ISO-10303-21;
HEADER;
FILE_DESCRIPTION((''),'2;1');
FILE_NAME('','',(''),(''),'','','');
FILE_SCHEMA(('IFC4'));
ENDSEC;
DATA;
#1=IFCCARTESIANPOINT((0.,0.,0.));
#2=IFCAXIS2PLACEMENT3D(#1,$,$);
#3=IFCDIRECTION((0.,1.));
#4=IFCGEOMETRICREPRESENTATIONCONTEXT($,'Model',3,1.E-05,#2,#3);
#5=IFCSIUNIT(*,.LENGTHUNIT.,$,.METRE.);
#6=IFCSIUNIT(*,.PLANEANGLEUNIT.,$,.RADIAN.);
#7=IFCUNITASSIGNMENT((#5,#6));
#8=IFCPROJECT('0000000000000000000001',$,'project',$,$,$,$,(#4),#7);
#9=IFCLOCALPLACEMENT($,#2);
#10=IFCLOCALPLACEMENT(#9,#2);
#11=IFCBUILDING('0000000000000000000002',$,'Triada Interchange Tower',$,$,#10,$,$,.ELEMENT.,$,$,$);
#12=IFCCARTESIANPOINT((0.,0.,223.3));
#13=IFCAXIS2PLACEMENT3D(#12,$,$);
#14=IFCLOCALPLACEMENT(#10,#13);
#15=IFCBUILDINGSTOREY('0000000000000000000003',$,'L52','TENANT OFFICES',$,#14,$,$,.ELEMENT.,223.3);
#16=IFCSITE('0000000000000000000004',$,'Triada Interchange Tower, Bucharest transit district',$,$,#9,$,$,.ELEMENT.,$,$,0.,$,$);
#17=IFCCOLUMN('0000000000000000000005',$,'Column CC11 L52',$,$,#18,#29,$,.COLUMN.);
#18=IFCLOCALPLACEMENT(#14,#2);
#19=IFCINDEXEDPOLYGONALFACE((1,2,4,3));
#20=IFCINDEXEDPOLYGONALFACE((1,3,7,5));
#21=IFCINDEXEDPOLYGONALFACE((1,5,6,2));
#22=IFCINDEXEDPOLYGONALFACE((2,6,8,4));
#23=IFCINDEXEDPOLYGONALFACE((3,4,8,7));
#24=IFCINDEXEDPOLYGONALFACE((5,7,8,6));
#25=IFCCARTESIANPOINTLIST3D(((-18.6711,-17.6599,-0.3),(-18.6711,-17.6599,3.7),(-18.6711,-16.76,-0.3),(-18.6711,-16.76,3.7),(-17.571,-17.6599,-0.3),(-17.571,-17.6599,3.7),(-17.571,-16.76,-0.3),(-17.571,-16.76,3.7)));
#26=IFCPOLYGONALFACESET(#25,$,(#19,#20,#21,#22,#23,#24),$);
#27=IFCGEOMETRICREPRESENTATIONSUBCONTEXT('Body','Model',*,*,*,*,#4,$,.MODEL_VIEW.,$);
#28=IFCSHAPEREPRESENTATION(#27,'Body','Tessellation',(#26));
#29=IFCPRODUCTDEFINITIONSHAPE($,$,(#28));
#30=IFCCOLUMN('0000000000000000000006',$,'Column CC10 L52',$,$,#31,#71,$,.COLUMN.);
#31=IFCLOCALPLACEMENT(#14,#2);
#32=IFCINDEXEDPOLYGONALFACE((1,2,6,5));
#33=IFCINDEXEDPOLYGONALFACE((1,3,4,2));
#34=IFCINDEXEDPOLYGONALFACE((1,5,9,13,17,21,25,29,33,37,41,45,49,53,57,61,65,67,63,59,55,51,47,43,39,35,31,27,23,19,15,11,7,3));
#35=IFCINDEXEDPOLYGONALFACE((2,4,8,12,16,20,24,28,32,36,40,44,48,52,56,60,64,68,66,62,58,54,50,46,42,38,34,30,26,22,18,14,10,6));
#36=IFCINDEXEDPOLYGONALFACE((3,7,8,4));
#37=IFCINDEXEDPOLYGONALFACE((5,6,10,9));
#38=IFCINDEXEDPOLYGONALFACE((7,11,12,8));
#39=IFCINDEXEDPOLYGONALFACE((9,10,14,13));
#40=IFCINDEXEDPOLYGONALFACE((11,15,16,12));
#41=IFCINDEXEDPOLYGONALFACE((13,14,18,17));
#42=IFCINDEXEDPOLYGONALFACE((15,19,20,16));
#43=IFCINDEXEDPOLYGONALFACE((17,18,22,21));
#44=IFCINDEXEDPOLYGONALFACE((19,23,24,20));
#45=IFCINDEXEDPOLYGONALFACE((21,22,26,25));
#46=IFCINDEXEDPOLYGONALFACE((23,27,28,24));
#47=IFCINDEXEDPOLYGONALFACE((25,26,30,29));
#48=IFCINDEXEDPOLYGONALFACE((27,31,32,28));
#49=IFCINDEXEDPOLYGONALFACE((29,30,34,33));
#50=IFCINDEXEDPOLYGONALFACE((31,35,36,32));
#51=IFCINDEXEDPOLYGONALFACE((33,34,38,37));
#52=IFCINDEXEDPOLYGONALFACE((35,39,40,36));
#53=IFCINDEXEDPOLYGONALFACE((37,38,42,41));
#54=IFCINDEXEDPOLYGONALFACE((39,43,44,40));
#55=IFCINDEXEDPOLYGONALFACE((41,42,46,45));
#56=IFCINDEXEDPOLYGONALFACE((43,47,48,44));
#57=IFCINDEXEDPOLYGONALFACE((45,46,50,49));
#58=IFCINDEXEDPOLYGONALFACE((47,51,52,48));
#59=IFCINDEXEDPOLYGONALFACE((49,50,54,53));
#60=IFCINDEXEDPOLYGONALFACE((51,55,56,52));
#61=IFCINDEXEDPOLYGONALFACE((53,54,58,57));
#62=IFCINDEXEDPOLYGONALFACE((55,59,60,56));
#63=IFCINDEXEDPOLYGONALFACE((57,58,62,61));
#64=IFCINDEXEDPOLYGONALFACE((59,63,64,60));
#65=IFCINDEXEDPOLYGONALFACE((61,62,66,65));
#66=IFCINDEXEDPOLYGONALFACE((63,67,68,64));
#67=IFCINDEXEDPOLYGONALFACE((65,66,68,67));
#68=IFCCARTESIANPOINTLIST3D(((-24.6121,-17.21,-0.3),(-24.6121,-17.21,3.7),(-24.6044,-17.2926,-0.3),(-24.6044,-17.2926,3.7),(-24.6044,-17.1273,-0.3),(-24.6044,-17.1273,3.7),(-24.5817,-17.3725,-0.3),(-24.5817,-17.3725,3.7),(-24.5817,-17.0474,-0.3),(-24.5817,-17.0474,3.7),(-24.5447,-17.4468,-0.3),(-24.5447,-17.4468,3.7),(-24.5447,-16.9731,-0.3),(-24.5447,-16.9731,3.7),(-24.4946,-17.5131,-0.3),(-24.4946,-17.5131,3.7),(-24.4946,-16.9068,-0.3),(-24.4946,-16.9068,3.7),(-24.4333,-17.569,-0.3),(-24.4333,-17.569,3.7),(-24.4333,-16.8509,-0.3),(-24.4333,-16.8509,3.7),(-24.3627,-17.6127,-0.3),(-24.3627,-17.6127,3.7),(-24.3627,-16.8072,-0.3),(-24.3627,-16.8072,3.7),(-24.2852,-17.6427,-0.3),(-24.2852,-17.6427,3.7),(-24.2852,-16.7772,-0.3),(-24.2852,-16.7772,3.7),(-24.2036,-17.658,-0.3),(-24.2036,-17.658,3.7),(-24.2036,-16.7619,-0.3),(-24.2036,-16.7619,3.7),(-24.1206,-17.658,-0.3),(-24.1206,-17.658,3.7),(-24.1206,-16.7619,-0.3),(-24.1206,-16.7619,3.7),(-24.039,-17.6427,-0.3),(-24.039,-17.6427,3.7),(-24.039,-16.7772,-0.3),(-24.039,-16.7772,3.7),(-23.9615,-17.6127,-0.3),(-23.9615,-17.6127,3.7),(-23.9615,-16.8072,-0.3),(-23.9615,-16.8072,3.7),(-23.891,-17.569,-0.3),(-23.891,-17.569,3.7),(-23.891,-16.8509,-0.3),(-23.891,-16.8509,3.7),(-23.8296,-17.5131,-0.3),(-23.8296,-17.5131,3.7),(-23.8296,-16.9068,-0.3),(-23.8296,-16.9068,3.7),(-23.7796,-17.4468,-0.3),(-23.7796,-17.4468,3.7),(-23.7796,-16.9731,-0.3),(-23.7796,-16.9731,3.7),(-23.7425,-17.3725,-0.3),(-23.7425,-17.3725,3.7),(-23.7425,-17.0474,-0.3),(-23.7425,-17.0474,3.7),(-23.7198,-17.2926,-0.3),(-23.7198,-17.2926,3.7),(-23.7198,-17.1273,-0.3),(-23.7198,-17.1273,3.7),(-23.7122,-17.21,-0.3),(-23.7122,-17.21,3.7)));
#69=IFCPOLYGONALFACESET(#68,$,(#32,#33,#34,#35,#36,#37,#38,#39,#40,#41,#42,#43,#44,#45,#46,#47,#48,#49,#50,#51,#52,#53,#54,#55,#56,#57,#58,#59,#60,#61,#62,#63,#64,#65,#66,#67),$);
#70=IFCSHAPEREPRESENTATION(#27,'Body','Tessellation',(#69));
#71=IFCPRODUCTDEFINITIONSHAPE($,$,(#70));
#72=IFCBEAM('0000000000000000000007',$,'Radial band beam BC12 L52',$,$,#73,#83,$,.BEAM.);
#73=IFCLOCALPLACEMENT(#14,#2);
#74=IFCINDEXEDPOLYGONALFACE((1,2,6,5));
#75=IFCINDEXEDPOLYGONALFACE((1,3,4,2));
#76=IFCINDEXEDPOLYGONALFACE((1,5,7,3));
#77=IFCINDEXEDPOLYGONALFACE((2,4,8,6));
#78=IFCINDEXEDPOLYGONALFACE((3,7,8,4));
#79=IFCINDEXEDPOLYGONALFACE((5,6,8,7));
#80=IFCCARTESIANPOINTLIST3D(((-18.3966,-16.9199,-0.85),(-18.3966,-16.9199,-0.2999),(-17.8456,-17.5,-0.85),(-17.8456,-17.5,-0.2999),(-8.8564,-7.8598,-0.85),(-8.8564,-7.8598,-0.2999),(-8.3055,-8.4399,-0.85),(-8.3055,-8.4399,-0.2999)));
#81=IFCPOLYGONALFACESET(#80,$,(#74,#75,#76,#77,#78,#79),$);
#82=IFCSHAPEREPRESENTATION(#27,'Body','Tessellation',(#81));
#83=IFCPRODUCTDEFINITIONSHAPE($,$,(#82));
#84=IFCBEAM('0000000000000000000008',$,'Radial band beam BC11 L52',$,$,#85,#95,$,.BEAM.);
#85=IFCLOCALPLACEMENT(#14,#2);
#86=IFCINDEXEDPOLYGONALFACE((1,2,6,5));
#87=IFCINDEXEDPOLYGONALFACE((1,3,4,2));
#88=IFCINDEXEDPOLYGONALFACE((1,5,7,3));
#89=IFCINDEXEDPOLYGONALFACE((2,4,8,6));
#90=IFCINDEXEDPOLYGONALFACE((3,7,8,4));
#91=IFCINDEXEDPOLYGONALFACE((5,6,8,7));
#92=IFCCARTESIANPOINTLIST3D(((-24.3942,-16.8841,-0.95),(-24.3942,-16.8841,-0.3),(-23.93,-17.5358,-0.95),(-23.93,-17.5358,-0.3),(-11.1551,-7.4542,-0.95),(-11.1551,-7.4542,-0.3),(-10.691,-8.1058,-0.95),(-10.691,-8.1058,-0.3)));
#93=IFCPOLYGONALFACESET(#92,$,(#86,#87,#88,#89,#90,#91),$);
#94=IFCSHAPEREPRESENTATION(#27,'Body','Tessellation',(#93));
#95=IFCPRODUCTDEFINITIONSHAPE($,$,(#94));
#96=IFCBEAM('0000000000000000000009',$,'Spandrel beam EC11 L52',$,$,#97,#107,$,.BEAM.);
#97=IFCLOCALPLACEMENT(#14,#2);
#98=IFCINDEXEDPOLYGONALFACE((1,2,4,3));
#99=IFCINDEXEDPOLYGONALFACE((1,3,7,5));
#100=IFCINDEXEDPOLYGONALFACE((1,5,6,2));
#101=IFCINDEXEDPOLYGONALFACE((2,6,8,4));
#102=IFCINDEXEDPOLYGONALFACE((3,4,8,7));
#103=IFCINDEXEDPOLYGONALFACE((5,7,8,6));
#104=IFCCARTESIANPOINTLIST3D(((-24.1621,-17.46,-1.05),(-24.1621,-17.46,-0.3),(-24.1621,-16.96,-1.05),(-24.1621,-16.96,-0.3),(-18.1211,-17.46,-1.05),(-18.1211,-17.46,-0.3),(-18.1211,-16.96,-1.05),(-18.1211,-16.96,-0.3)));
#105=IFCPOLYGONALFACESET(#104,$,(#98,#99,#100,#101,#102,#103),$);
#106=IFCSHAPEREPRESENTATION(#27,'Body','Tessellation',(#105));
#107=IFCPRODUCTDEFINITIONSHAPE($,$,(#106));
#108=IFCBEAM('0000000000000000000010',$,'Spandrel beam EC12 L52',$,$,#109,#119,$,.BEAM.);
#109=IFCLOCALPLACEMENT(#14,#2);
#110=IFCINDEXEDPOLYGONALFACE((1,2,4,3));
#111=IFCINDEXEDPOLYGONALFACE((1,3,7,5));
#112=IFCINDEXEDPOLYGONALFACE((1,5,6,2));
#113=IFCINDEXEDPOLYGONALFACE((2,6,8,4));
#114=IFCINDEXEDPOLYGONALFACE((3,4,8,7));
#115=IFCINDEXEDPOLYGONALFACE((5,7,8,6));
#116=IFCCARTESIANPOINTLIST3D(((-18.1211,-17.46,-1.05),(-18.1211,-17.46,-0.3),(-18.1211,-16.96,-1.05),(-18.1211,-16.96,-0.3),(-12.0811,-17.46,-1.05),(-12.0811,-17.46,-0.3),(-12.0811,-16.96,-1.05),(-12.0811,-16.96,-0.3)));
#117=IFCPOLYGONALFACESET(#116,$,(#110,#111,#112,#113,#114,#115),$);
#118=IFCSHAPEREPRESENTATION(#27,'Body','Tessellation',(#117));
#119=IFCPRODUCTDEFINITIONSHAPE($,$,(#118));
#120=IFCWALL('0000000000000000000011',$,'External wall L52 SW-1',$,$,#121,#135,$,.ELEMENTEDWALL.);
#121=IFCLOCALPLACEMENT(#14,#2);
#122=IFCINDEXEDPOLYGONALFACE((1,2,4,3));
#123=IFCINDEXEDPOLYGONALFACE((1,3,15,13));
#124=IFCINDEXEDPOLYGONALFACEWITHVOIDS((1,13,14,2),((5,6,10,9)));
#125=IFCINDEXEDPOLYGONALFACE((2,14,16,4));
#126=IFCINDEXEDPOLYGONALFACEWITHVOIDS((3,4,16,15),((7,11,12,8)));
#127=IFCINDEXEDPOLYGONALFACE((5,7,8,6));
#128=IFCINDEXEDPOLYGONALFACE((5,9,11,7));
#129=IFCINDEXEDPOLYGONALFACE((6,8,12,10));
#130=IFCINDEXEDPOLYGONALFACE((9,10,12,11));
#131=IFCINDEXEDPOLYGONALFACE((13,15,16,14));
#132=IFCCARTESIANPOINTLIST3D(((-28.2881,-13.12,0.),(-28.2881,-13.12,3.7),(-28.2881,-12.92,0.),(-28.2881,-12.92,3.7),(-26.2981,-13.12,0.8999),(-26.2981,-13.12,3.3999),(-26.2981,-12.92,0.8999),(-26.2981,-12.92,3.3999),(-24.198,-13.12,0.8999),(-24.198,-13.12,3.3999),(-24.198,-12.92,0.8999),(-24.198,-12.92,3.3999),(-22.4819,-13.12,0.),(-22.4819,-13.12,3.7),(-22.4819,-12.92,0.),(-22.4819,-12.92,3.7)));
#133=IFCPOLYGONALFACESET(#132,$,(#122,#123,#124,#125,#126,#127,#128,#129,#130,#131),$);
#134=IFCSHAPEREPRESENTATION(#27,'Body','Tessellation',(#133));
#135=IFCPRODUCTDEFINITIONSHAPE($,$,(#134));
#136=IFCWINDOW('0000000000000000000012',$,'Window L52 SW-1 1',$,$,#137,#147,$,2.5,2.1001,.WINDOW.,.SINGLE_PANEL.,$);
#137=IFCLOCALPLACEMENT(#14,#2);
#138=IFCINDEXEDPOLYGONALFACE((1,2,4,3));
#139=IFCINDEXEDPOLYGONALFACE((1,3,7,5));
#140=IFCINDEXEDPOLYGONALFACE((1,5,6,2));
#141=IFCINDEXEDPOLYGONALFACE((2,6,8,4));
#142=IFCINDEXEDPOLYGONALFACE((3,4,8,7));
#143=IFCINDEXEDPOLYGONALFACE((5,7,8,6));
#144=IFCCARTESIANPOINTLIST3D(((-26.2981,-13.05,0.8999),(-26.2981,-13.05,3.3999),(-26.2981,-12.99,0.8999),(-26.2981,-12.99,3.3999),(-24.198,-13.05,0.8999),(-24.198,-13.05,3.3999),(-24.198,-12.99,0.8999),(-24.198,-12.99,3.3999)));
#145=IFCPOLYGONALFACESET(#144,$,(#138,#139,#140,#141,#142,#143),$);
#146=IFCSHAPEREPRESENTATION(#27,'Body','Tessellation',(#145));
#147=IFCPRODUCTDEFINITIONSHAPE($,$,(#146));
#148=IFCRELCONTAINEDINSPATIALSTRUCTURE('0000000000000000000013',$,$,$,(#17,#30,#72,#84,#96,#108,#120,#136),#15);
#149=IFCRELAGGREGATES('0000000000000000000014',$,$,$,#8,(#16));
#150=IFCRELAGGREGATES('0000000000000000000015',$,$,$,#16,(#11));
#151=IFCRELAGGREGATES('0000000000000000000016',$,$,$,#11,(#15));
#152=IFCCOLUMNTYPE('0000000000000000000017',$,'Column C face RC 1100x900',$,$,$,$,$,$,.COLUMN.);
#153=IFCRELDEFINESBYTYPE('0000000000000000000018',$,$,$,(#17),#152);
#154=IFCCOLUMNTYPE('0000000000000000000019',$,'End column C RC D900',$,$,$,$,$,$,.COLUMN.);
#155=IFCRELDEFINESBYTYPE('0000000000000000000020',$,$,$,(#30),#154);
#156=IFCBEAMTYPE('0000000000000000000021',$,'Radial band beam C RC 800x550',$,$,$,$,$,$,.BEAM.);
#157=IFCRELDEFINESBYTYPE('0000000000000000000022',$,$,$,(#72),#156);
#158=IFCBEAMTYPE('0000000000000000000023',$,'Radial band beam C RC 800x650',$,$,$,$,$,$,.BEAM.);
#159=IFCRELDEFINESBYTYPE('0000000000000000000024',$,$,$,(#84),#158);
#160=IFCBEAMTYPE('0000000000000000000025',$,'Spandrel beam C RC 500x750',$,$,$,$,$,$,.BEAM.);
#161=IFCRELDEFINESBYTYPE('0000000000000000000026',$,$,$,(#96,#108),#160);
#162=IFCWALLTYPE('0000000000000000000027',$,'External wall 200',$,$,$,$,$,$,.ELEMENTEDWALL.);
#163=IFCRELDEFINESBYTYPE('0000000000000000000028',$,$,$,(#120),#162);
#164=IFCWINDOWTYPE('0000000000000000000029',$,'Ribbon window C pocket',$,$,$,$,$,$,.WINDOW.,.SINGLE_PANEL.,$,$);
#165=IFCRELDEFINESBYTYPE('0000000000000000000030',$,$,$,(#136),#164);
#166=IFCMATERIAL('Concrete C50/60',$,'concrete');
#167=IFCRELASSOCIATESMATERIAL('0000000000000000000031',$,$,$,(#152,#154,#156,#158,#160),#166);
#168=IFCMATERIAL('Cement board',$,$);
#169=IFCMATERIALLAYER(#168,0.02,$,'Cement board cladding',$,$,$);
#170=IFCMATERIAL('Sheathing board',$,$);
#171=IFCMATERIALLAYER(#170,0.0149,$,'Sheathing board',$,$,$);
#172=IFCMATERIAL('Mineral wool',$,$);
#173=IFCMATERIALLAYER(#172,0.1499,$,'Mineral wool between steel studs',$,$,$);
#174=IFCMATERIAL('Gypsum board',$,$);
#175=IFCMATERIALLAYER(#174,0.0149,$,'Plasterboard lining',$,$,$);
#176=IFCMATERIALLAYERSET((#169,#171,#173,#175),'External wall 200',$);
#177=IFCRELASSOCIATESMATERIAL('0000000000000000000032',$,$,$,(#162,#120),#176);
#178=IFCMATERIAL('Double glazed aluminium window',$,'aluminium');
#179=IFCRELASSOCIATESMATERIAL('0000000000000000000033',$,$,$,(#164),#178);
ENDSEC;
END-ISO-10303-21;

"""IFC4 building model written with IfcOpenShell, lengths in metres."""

from ifc_helpers import new_model, si_unit, direction, frame, frame_2d, origin, origin_2d, place, context, subcontext, project, spatial, rectangle, circle, extrude, material, layer, layer_set, layer_usage, material_profile, profile_set, type_object, element, fill, save


model = new_model("IFC4")

# Units and contexts
model_context = context("Model", 3, precision=1e-05, world=origin(), true_north=direction((0.0, 1.0)))
body_context = subcontext(model_context, "Body", "Model", "MODEL_VIEW")
ifc_project = project(units=[si_unit("LENGTHUNIT", "METRE"), si_unit("PLANEANGLEUNIT", "RADIAN")], contexts=[model_context])

# Site, building, storey
site_placement = place(None, origin())
site = spatial("IfcSite", under=ifc_project, at=site_placement, Name="Triada Interchange Tower, Bucharest transit district", CompositionType="ELEMENT", RefElevation=0.0)
building_placement = place(site_placement, origin())
building = spatial("IfcBuilding", under=site, at=building_placement, Name="Triada Interchange Tower", CompositionType="ELEMENT")
storey_placement = place(building_placement, frame((0.0, 0.0, 223.3)))
storey = spatial("IfcBuildingStorey", under=building, at=storey_placement, Name="L52", Description="TENANT OFFICES", CompositionType="ELEMENT", Elevation=223.3)

# Columns
ifc_material_1 = material(Name="Concrete C50/60", Category="concrete")
ifc_material_profile_1 = material_profile(ifc_material_1, rectangle(XDim=1.1001, YDim=0.8999, at=origin_2d()), Name="RC 1100x900")
ifc_profile_set_1 = profile_set([ifc_material_profile_1], Name="Concrete C50/60")
column_type_1 = type_object("IfcColumnType", Name="Column C face RC 1100x900", PredefinedType="COLUMN", material=ifc_profile_set_1)
column_1_placement = place(storey_placement, frame((-18.1211, -17.21, -0.3), z_axis=(0.0, 0.0, 1.0), x_axis=(1.0, 0.0, 0.0)))
element("IfcColumn", 1, at=column_1_placement, inside=storey, type_object=column_type_1, Name="Column CC11 L52", PredefinedType="COLUMN", context=body_context, shape_type="SweptSolid", body=[
    extrude(rectangle(XDim=1.1001, YDim=0.8999, at=origin_2d()), origin(), (0.0, 0.0, 1.0), 4.0),
])
ifc_material_profile_2 = material_profile(ifc_material_1, circle(Radius=0.45, at=origin_2d()), Name="RC D900")
ifc_profile_set_2 = profile_set([ifc_material_profile_2], Name="Concrete C50/60")
column_type_2 = type_object("IfcColumnType", Name="End column C RC D900", PredefinedType="COLUMN", material=ifc_profile_set_2)
column_2_placement = place(storey_placement, frame((-24.1621, -17.21, -0.3), z_axis=(0.0, 0.0, 1.0), x_axis=(1.0, 0.0, 0.0)))
element("IfcColumn", 2, at=column_2_placement, inside=storey, type_object=column_type_2, Name="Column CC10 L52", PredefinedType="COLUMN", context=body_context, shape_type="SweptSolid", body=[
    extrude(circle(Radius=0.45, at=origin_2d()), origin(), (0.0, 0.0, 1.0), 4.0),
])

# Beams
ifc_material_profile_3 = material_profile(ifc_material_1, rectangle(XDim=0.8, YDim=0.55, at=origin_2d()), Name="RC 800x550")
ifc_profile_set_3 = profile_set([ifc_material_profile_3], Name="Concrete C50/60")
beam_type_1 = type_object("IfcBeamType", Name="Radial band beam C RC 800x550", PredefinedType="BEAM", material=ifc_profile_set_3)
beam_1_placement = place(storey_placement, frame((-18.1211, -17.21, -0.575), z_axis=(0.725112, 0.68863, 0.0), x_axis=(-0.68863, 0.725112, 0.0)))
element("IfcBeam", 3, at=beam_1_placement, inside=storey, type_object=beam_type_1, Name="Radial band beam BC12 L52", PredefinedType="BEAM", context=body_context, shape_type="SweptSolid", body=[
    extrude(rectangle(XDim=0.8, YDim=0.55, at=origin_2d()), origin(), (0.0, 0.0, 1.0), 13.1567),
])
ifc_material_profile_4 = material_profile(ifc_material_1, rectangle(XDim=0.8, YDim=0.6499, at=origin_2d()), Name="RC 800x650")
ifc_profile_set_4 = profile_set([ifc_material_profile_4], Name="Concrete C50/60")
beam_type_2 = type_object("IfcBeamType", Name="Radial band beam C RC 800x650", PredefinedType="BEAM", material=ifc_profile_set_4)
beam_2_placement = place(storey_placement, frame((-24.1621, -17.21, -0.625), z_axis=(0.814504, 0.580158, 0.0), x_axis=(-0.580158, 0.814504, 0.0)))
element("IfcBeam", 4, at=beam_2_placement, inside=storey, type_object=beam_type_2, Name="Radial band beam BC11 L52", PredefinedType="BEAM", context=body_context, shape_type="SweptSolid", body=[
    extrude(rectangle(XDim=0.8, YDim=0.6499, at=origin_2d()), origin(), (0.0, 0.0, 1.0), 16.2542),
])
ifc_material_profile_5 = material_profile(ifc_material_1, rectangle(XDim=0.5, YDim=0.75, at=origin_2d()), Name="RC 500x750")
ifc_profile_set_5 = profile_set([ifc_material_profile_5], Name="Concrete C50/60")
beam_type_3 = type_object("IfcBeamType", Name="Spandrel beam C RC 500x750", PredefinedType="BEAM", material=ifc_profile_set_5)
beam_3_placement = place(storey_placement, frame((-24.1621, -17.21, -0.675), z_axis=(1.0, 0.0, 0.0), x_axis=(0.0, 1.0, 0.0)))
element("IfcBeam", 5, at=beam_3_placement, inside=storey, type_object=beam_type_3, Name="Spandrel beam EC11 L52", PredefinedType="BEAM", context=body_context, shape_type="SweptSolid", body=[
    extrude(rectangle(XDim=0.5, YDim=0.75, at=origin_2d()), origin(), (0.0, 0.0, 1.0), 6.041),
])
beam_4_placement = place(storey_placement, frame((-18.1211, -17.21, -0.675), z_axis=(1.0, 0.0, 0.0), x_axis=(0.0, 1.0, 0.0)))
element("IfcBeam", 6, at=beam_4_placement, inside=storey, type_object=beam_type_3, Name="Spandrel beam EC12 L52", PredefinedType="BEAM", context=body_context, shape_type="SweptSolid", body=[
    extrude(rectangle(XDim=0.5, YDim=0.75, at=origin_2d()), origin(), (0.0, 0.0, 1.0), 6.04),
])

# Wall, opening, window
ifc_material_2 = material(Name="Cement board")
ifc_layer_1 = layer(ifc_material_2, 0.02, Name="Cement board cladding")
ifc_material_3 = material(Name="Sheathing board")
ifc_layer_2 = layer(ifc_material_3, 0.0149, Name="Sheathing board")
ifc_material_4 = material(Name="Mineral wool")
ifc_layer_3 = layer(ifc_material_4, 0.1499, Name="Mineral wool between steel studs")
ifc_material_5 = material(Name="Gypsum board")
ifc_layer_4 = layer(ifc_material_5, 0.0149, Name="Plasterboard lining")
ifc_layer_set_1 = layer_set([ifc_layer_1, ifc_layer_2, ifc_layer_3, ifc_layer_4], Name="External wall 200")
ifc_layer_usage = layer_usage(ifc_layer_set_1, "AXIS2", "POSITIVE", -0.1001)
wall_type_1 = type_object("IfcWallType", Name="External wall 200", PredefinedType="ELEMENTEDWALL", material=ifc_layer_set_1)
wall_1_placement = place(storey_placement, frame((-28.2881, -13.02, 0.0), z_axis=(0.0, 0.0, 1.0), x_axis=(1.0, 0.0, 0.0)))
wall_1 = element("IfcWall", 7, at=wall_1_placement, inside=storey, type_object=wall_type_1, material=ifc_layer_usage, Name="External wall L52 SW-1", PredefinedType="ELEMENTEDWALL", context=body_context, shape_type="SweptSolid", body=[
    extrude(rectangle(XDim=5.8062, YDim=0.2, at=frame_2d((2.9031, 0.0))), origin(), (0.0, 0.0, 1.0), 3.7),
])
opening_1_placement = place(wall_1_placement, frame((1.99, 0.0, 0.8999)))
opening_1 = element("IfcOpeningElement", 8, at=opening_1_placement, cuts=wall_1, PredefinedType="OPENING", context=body_context, shape_type="SweptSolid", body=[
    extrude(rectangle(XDim=2.1001, YDim=2.5, at=frame_2d((1.05, 1.25))), frame((0.0, 0.1099, 0.0), z_axis=(0.0, -1.0, 0.0), x_axis=(1.0, 0.0, 0.0)), (0.0, 0.0, 1.0), 0.22),
])
ifc_material_6 = material(Name="Double glazed aluminium window", Category="aluminium")
window_type_1 = type_object("IfcWindowType", Name="Ribbon window C pocket", PartitioningType="SINGLE_PANEL", PredefinedType="WINDOW", material=ifc_material_6)
window_1_placement = place(opening_1_placement, origin())
window_1 = element("IfcWindow", 9, at=window_1_placement, inside=storey, type_object=window_type_1, Name="Window L52 SW-1 1", OverallHeight=2.5, OverallWidth=2.1001, PartitioningType="SINGLE_PANEL", PredefinedType="WINDOW", context=body_context, shape_type="SweptSolid", body=[
    extrude(rectangle(XDim=2.1001, YDim=2.5, at=frame_2d((1.05, 1.25))), frame((0.0, 0.03, 0.0), z_axis=(0.0, -1.0, 0.0), x_axis=(1.0, 0.0, 0.0)), (0.0, 0.0, 1.0), 0.0601),
])
fill(opening_1, window_1)

save(model, "model.ifc")
